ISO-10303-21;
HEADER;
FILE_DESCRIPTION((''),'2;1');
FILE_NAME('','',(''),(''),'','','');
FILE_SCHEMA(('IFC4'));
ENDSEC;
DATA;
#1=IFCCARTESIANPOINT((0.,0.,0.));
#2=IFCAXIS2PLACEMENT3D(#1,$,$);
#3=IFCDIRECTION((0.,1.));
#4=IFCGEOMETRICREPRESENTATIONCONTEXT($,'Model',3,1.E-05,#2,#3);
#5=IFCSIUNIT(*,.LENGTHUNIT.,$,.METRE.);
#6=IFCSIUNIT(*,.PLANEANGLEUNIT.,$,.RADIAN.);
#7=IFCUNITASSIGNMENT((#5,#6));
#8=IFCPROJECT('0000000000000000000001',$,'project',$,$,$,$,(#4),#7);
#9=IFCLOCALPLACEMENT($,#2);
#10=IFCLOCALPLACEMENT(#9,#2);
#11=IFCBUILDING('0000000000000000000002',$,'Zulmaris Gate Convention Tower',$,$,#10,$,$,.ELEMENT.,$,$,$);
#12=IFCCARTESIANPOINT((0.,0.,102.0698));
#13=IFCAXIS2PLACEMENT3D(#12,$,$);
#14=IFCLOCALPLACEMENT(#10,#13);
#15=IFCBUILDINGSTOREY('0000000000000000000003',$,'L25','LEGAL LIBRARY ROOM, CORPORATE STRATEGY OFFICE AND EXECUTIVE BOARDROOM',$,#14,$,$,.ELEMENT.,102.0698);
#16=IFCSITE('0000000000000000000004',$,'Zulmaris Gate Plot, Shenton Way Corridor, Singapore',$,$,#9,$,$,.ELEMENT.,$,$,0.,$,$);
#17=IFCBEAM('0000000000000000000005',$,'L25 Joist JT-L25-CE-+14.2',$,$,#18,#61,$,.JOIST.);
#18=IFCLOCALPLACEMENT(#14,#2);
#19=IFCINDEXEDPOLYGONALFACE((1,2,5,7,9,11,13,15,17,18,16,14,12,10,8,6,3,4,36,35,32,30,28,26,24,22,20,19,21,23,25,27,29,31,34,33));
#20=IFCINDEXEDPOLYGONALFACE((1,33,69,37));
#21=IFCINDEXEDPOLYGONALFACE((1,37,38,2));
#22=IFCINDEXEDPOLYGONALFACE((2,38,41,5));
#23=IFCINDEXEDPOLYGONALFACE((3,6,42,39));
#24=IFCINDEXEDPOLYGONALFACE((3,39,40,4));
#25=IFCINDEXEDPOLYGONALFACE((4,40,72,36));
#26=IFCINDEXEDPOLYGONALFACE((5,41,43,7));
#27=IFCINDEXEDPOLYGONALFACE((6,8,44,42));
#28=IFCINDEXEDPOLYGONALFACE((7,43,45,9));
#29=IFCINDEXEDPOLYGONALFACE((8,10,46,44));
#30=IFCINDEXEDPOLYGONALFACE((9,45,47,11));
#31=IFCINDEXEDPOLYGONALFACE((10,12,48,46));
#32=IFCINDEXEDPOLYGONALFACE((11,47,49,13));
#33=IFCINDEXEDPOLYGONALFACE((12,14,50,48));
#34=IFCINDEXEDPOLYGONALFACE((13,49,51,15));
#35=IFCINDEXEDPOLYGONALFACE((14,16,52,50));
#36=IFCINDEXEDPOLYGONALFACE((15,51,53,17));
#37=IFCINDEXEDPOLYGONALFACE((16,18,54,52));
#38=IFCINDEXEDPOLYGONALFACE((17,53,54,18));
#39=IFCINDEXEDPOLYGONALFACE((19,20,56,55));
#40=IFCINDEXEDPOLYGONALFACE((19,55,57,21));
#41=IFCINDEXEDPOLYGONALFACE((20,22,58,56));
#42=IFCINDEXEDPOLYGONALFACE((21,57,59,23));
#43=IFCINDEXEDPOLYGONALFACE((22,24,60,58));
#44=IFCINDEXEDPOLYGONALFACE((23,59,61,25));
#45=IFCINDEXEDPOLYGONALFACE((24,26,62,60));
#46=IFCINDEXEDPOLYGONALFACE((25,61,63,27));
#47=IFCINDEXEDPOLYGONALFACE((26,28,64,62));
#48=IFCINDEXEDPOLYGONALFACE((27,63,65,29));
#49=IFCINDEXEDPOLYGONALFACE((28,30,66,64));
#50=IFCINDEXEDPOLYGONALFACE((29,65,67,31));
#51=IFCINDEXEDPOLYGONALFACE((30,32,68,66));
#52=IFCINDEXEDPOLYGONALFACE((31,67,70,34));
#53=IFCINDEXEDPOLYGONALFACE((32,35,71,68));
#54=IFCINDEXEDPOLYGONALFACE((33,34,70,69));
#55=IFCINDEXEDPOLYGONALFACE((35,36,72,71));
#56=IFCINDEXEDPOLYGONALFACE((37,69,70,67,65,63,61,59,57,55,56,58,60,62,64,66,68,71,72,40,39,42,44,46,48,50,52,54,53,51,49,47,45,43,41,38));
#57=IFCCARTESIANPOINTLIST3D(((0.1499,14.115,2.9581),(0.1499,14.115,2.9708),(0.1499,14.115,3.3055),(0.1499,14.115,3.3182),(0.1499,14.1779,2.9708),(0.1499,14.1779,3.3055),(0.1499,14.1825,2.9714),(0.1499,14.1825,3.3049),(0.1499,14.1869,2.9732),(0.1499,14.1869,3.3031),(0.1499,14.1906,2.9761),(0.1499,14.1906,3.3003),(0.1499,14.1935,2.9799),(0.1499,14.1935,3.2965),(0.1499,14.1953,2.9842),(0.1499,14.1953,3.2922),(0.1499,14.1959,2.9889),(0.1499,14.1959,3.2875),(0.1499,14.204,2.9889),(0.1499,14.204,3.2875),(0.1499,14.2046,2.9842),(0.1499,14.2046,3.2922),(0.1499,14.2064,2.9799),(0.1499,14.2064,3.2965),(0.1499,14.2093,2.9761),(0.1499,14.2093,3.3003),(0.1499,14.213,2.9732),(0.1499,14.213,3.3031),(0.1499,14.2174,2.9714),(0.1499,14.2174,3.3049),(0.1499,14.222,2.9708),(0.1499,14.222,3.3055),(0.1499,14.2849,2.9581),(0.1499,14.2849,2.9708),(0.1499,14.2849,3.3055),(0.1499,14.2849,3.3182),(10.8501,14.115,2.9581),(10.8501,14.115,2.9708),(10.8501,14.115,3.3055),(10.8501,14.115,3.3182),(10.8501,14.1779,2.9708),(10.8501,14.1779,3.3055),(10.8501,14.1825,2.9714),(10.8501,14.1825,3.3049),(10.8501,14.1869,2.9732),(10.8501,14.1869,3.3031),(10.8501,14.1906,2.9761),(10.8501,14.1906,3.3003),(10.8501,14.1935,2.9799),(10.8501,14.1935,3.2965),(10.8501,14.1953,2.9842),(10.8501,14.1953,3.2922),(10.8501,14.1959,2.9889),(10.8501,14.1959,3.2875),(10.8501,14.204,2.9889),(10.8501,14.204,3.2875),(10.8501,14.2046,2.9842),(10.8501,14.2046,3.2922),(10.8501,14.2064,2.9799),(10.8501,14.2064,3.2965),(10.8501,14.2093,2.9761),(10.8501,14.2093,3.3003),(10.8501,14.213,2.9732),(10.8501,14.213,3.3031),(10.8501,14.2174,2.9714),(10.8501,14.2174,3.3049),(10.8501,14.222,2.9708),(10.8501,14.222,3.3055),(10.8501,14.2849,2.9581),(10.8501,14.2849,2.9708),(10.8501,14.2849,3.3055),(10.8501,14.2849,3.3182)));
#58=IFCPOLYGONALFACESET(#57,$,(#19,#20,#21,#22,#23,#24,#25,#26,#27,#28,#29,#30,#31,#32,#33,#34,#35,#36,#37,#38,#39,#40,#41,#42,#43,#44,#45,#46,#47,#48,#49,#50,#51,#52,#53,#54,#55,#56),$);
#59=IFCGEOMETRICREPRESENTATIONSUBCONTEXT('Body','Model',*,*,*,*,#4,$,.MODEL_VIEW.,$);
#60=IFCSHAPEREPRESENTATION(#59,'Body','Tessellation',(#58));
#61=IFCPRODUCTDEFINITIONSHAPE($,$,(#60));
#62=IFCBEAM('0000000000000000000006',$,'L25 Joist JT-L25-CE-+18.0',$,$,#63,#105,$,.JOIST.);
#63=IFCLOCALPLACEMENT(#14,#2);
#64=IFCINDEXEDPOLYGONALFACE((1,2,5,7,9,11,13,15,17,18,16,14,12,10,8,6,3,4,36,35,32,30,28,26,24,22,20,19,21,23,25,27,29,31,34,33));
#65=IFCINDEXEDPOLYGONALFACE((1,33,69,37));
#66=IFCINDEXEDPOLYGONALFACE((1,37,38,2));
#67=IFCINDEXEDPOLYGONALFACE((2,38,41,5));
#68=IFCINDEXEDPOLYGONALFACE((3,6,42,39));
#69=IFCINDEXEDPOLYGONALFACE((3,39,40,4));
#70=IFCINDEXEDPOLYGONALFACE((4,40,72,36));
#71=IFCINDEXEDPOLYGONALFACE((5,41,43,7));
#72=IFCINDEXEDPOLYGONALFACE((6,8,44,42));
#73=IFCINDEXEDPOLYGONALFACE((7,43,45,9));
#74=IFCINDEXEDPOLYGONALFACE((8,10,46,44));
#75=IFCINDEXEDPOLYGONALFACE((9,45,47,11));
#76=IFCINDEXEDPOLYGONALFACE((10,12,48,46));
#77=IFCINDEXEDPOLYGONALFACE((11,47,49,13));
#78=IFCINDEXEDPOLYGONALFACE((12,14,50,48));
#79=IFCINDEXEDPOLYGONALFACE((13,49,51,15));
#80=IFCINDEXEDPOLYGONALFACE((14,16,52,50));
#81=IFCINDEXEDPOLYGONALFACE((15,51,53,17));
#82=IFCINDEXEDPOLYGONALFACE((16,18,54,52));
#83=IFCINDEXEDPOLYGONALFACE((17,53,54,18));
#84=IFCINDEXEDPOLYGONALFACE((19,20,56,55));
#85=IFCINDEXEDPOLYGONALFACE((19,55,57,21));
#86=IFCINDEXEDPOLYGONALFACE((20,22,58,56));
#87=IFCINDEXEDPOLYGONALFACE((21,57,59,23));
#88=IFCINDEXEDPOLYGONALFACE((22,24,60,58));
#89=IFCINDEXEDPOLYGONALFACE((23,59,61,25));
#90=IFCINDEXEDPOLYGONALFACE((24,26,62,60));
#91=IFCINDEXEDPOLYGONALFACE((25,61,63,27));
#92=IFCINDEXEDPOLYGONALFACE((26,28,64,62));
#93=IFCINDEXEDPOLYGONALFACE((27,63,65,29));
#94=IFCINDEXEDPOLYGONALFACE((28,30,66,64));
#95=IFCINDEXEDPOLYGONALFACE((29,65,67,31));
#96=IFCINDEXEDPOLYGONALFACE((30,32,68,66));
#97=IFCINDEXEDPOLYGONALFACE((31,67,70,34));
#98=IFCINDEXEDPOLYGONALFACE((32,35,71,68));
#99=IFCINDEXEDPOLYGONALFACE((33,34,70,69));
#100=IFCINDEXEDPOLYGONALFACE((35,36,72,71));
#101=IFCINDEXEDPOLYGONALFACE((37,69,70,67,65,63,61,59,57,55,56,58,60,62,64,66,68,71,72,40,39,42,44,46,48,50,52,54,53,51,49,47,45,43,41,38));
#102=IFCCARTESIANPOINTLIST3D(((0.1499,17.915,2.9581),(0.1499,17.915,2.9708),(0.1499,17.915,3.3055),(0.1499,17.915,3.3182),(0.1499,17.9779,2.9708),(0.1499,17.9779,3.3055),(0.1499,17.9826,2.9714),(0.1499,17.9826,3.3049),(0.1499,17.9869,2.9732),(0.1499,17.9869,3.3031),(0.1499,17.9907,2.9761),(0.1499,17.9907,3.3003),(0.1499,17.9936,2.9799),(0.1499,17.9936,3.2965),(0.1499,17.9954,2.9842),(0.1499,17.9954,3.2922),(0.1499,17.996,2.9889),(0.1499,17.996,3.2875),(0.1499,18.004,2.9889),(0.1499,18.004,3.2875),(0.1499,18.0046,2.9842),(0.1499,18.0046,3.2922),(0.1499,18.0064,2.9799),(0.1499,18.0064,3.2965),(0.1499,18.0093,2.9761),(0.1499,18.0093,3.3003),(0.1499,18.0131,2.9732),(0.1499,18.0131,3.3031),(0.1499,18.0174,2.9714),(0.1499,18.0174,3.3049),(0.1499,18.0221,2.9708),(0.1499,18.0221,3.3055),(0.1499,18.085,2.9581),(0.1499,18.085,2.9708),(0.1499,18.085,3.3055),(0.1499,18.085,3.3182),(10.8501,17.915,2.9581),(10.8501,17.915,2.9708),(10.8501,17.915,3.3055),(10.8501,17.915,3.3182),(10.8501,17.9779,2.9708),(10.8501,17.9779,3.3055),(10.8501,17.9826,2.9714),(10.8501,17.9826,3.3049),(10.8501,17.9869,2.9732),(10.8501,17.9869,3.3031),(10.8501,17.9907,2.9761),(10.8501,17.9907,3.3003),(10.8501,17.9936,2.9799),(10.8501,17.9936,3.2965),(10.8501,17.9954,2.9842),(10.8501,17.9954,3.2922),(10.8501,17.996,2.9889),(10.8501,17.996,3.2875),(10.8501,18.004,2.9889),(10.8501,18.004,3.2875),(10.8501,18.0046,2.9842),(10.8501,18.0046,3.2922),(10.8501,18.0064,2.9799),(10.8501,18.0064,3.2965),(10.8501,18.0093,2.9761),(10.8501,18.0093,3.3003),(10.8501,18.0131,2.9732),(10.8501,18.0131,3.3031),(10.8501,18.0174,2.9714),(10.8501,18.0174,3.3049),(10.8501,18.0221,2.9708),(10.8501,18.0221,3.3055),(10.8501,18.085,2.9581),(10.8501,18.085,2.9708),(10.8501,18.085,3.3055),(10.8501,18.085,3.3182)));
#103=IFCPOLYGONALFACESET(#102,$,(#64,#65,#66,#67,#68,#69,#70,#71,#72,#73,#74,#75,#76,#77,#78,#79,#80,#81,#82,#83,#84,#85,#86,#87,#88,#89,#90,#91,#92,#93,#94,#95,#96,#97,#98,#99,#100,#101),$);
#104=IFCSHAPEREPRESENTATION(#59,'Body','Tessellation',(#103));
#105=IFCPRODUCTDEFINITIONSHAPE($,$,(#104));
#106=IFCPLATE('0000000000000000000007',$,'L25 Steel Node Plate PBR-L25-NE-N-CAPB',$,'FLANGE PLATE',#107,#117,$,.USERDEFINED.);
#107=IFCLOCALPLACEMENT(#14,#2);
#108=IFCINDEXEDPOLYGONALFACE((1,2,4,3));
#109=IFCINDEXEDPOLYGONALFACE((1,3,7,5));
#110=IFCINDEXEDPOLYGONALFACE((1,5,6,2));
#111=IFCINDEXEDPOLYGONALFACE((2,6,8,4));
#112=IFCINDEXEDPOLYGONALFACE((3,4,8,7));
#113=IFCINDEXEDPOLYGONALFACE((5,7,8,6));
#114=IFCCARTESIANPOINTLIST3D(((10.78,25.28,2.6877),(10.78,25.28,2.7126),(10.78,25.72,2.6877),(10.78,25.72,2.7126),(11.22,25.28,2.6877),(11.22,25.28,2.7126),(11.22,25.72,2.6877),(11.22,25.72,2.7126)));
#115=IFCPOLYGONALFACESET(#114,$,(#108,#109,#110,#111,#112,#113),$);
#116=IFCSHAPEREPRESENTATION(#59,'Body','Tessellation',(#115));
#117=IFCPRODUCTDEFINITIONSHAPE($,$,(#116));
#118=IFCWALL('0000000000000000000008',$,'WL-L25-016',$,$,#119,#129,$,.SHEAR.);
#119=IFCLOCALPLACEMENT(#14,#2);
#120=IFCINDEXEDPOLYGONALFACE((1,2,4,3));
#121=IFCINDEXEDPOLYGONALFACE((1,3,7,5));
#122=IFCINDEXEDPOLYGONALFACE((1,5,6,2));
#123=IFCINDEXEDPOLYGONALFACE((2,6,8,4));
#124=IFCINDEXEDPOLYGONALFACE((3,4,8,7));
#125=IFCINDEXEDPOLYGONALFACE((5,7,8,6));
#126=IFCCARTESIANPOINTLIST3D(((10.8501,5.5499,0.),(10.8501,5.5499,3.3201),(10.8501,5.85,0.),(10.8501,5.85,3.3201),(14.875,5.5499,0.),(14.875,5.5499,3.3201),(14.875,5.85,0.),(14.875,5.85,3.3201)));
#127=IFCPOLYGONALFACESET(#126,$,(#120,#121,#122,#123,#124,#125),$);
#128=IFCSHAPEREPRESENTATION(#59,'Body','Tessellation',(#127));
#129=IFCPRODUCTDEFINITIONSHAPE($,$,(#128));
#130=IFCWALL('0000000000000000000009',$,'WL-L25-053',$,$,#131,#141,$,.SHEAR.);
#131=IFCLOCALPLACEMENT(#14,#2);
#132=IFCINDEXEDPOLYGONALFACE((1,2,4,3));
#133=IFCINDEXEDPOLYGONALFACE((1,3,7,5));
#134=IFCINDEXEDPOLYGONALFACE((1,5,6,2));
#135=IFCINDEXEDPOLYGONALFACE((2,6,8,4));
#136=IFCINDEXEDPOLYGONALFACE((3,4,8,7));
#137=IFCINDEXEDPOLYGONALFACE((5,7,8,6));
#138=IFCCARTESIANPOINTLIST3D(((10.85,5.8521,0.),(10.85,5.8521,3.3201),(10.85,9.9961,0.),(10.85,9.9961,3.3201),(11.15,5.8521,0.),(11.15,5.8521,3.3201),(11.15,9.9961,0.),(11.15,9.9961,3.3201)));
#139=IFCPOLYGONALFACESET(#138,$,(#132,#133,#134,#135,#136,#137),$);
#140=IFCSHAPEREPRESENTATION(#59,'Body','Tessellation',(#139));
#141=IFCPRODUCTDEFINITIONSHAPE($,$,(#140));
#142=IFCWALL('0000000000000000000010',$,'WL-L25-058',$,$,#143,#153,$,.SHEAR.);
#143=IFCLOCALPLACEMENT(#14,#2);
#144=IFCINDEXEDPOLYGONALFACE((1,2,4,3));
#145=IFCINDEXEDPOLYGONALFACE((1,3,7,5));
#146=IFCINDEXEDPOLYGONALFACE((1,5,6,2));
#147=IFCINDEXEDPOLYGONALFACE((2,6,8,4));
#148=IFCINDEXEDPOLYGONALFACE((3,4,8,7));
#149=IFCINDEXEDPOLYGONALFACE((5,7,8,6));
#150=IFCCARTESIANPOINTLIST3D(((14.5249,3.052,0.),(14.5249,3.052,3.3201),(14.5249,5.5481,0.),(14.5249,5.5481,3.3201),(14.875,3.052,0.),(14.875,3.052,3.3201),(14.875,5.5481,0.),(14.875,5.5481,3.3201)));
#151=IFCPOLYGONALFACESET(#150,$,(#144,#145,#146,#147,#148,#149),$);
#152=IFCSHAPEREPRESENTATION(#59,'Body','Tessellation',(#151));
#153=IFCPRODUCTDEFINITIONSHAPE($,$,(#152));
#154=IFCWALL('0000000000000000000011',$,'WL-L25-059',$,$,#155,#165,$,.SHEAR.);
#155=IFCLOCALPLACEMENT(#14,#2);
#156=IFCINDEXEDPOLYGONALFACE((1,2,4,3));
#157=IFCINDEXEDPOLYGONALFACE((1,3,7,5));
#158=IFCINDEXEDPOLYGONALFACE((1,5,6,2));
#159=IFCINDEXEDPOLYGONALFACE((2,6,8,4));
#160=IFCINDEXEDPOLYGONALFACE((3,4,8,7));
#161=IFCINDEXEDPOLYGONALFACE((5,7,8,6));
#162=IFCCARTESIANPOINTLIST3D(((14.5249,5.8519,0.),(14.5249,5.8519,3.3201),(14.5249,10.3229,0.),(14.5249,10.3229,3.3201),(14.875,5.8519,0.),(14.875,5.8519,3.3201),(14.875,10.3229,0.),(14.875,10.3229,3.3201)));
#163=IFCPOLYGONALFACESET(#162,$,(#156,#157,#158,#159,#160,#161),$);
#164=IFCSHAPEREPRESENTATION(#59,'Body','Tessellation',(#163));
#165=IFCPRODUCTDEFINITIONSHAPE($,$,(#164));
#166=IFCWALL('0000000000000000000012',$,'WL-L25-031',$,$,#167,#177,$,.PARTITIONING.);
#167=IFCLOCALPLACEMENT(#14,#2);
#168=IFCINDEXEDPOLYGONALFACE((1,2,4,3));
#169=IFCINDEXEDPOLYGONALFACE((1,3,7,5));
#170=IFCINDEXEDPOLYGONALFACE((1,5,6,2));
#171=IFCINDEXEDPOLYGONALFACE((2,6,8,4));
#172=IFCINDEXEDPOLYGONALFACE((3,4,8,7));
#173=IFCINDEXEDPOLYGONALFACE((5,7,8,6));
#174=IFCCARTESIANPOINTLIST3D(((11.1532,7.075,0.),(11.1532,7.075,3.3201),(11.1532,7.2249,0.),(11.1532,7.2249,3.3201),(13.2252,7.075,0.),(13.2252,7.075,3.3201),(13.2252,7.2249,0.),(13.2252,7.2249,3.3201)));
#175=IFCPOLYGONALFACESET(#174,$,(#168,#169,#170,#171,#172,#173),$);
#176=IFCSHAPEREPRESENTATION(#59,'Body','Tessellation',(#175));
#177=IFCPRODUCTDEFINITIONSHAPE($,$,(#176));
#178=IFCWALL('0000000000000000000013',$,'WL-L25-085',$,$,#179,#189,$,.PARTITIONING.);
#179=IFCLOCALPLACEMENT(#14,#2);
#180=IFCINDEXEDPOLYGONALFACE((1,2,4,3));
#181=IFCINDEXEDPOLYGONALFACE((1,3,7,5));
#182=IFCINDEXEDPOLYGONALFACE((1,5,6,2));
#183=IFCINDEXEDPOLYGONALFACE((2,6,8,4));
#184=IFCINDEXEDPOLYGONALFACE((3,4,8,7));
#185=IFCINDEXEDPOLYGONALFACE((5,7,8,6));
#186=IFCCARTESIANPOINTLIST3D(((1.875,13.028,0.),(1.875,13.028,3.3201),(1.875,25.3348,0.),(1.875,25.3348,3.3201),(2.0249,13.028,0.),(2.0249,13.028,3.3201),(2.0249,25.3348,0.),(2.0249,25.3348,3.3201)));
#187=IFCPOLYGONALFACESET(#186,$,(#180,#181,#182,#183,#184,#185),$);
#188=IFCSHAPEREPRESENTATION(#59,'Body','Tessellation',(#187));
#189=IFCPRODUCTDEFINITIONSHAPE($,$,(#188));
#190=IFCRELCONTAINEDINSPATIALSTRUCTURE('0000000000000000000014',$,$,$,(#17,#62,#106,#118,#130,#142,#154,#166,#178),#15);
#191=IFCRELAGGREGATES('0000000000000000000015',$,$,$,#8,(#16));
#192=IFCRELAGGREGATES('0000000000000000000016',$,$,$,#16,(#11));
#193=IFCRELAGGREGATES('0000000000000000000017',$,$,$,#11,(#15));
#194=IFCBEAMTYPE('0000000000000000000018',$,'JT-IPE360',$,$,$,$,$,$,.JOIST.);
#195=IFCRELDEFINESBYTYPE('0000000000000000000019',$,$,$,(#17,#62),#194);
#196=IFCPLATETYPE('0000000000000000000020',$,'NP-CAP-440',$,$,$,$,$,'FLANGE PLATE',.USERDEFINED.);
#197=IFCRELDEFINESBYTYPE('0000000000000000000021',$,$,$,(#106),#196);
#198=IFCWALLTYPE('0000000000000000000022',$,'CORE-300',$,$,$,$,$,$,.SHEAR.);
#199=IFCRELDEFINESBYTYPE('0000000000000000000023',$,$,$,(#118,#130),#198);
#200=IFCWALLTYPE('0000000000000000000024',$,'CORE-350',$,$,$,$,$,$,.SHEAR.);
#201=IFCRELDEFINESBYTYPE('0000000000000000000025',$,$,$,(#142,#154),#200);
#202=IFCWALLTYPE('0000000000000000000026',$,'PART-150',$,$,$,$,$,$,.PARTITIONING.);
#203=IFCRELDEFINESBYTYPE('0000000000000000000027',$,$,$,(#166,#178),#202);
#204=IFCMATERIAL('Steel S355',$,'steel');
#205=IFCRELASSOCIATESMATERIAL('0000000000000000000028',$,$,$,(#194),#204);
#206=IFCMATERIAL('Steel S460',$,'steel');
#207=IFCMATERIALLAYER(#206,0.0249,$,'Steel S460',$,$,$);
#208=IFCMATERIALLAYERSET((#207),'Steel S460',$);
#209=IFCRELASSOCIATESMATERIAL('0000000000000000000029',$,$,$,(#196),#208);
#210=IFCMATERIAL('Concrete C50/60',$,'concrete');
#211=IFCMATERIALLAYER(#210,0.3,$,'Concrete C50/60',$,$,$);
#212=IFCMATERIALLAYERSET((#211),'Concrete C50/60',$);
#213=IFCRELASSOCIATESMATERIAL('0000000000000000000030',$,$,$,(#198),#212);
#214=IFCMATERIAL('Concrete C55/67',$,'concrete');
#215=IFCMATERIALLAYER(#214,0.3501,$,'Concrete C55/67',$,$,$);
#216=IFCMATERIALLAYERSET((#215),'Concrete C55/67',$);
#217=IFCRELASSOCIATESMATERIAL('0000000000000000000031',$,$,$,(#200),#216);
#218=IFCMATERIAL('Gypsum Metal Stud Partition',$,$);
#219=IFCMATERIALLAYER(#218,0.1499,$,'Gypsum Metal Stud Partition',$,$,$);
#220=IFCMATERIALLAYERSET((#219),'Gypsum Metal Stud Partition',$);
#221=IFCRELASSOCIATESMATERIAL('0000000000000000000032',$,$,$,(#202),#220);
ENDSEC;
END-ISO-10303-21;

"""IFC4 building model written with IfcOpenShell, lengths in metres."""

from ifc_helpers import new_model, si_unit, direction, frame, frame_2d, origin, origin_2d, place, context, subcontext, project, spatial, rectangle, i_section, extrude, material, layer, layer_set, material_profile, profile_set, type_object, element, save


model = new_model("IFC4")

# Units and contexts
model_context = context("Model", 3, precision=1e-05, world=origin(), true_north=direction((0.0, 1.0)))
body_context = subcontext(model_context, "Body", "Model", "MODEL_VIEW")
ifc_project = project(units=[si_unit("LENGTHUNIT", "METRE"), si_unit("PLANEANGLEUNIT", "RADIAN")], contexts=[model_context])

# Site, building, storey
site_placement = place(None, origin())
site = spatial("IfcSite", under=ifc_project, at=site_placement, Name="Zulmaris Gate Plot, Shenton Way Corridor, Singapore", CompositionType="ELEMENT", RefElevation=0.0)
building_placement = place(site_placement, origin())
building = spatial("IfcBuilding", under=site, at=building_placement, Name="Zulmaris Gate Convention Tower", CompositionType="ELEMENT")
storey_placement = place(building_placement, frame((0.0, 0.0, 102.0698)))
storey = spatial("IfcBuildingStorey", under=building, at=storey_placement, Name="L25", Description="LEGAL LIBRARY ROOM, CORPORATE STRATEGY OFFICE AND EXECUTIVE BOARDROOM", CompositionType="ELEMENT", Elevation=102.0698)

# Beams
ifc_material_1 = material(Name="Steel S355", Category="steel")
ifc_material_profile_1 = material_profile(ifc_material_1, i_section(OverallWidth=0.1699, OverallDepth=0.3601, WebThickness=0.0081, FlangeThickness=0.0127, FilletRadius=0.0181, at=origin_2d()), Name="IPE 360")
ifc_profile_set_1 = profile_set([ifc_material_profile_1], Name="Steel S355")
beam_type_1 = type_object("IfcBeamType", Name="JT-IPE360", PredefinedType="JOIST", material=ifc_profile_set_1)
for number, where, z_axis, x_axis, name in (
    (1, (0.1499, 14.2, 3.1382), (1.0, 0.0, 0.0), (0.0, 1.0, 0.0), "L25 Joist JT-L25-CE-+14.2"),
    (2, (0.1499, 18.0, 3.1382), (1.0, 0.0, 0.0), (0.0, 1.0, 0.0), "L25 Joist JT-L25-CE-+18.0"),
):
    element("IfcBeam", number, at=place(storey_placement, frame(where, z_axis=z_axis, x_axis=x_axis)), inside=storey, type_object=beam_type_1, Name=name, PredefinedType="JOIST", context=body_context, shape_type="SweptSolid", body=[
        extrude(i_section(OverallWidth=0.1699, OverallDepth=0.3601, WebThickness=0.0081, FlangeThickness=0.0127, FilletRadius=0.0181, at=origin_2d()), origin(), (0.0, 0.0, 1.0), 10.7002),
    ])

# Plate
ifc_material_2 = material(Name="Steel S460", Category="steel")
ifc_layer_1 = layer(ifc_material_2, 0.0249, Name="Steel S460")
ifc_layer_set_1 = layer_set([ifc_layer_1], Name="Steel S460")
plate_type = type_object("IfcPlateType", Name="NP-CAP-440", ElementType="FLANGE PLATE", PredefinedType="USERDEFINED", material=ifc_layer_set_1)
plate_placement = place(storey_placement, frame((11.0, 25.5, 2.6877), z_axis=(0.0, 0.0, 1.0), x_axis=(1.0, 0.0, 0.0)))
element("IfcPlate", 3, at=plate_placement, inside=storey, type_object=plate_type, Name="L25 Steel Node Plate PBR-L25-NE-N-CAPB", ObjectType="FLANGE PLATE", PredefinedType="USERDEFINED", context=body_context, shape_type="SweptSolid", body=[
    extrude(rectangle(XDim=0.4399, YDim=0.4399, at=origin_2d()), origin(), (0.0, 0.0, 1.0), 0.0249),
])

# Wall
ifc_material_3 = material(Name="Concrete C50/60", Category="concrete")
ifc_layer_2 = layer(ifc_material_3, 0.3, Name="Concrete C50/60")
ifc_layer_set_2 = layer_set([ifc_layer_2], Name="Concrete C50/60")
wall_type_1 = type_object("IfcWallType", Name="CORE-300", PredefinedType="SHEAR", material=ifc_layer_set_2)
wall_1_placement = place(storey_placement, frame((10.8501, 5.7, 0.0), z_axis=(0.0, 0.0, 1.0), x_axis=(1.0, 0.0, 0.0)))
element("IfcWall", 4, at=wall_1_placement, inside=storey, type_object=wall_type_1, Name="WL-L25-016", PredefinedType="SHEAR", context=body_context, shape_type="SweptSolid", body=[
    extrude(rectangle(XDim=4.0249, YDim=0.3, at=frame_2d((2.0125, 0.0))), origin(), (0.0, 0.0, 1.0), 3.3201),
])

# Wall
wall_2_placement = place(storey_placement, frame((11.0, 5.8521, 0.0), z_axis=(0.0, 0.0, 1.0), x_axis=(0.0, 1.0, 0.0)))
element("IfcWall", 5, at=wall_2_placement, inside=storey, type_object=wall_type_1, Name="WL-L25-053", PredefinedType="SHEAR", context=body_context, shape_type="SweptSolid", body=[
    extrude(rectangle(XDim=4.144, YDim=0.3, at=frame_2d((2.072, 0.0))), origin(), (0.0, 0.0, 1.0), 3.3201),
])

# Shared definitions
ifc_material_4 = material(Name="Concrete C55/67", Category="concrete")
ifc_layer_3 = layer(ifc_material_4, 0.3501, Name="Concrete C55/67")
ifc_layer_set_3 = layer_set([ifc_layer_3], Name="Concrete C55/67")
wall_type_2 = type_object("IfcWallType", Name="CORE-350", PredefinedType="SHEAR", material=ifc_layer_set_3)

# Walls
wall_3_placement = place(storey_placement, frame((14.7, 3.052, 0.0), z_axis=(0.0, 0.0, 1.0), x_axis=(0.0, 1.0, 0.0)))
element("IfcWall", 6, at=wall_3_placement, inside=storey, type_object=wall_type_2, Name="WL-L25-058", PredefinedType="SHEAR", context=body_context, shape_type="SweptSolid", body=[
    extrude(rectangle(XDim=2.4961, YDim=0.3501, at=frame_2d((1.248, 0.0))), origin(), (0.0, 0.0, 1.0), 3.3201),
])
wall_4_placement = place(storey_placement, frame((14.7, 5.8521, 0.0), z_axis=(0.0, 0.0, 1.0), x_axis=(0.0, 1.0, 0.0)))
element("IfcWall", 7, at=wall_4_placement, inside=storey, type_object=wall_type_2, Name="WL-L25-059", PredefinedType="SHEAR", context=body_context, shape_type="SweptSolid", body=[
    extrude(rectangle(XDim=4.4709, YDim=0.3501, at=frame_2d((2.2354, 0.0))), origin(), (0.0, 0.0, 1.0), 3.3201),
])
ifc_material_5 = material(Name="Gypsum Metal Stud Partition")
ifc_layer_4 = layer(ifc_material_5, 0.1499, Name="Gypsum Metal Stud Partition")
ifc_layer_set_4 = layer_set([ifc_layer_4], Name="Gypsum Metal Stud Partition")
wall_type_3 = type_object("IfcWallType", Name="PART-150", PredefinedType="PARTITIONING", material=ifc_layer_set_4)
wall_5_placement = place(storey_placement, frame((11.1531, 7.1499, 0.0), z_axis=(0.0, 0.0, 1.0), x_axis=(1.0, 0.0, 0.0)))
element("IfcWall", 8, at=wall_5_placement, inside=storey, type_object=wall_type_3, Name="WL-L25-031", PredefinedType="PARTITIONING", context=body_context, shape_type="SweptSolid", body=[
    extrude(rectangle(XDim=2.072, YDim=0.1499, at=frame_2d((1.0361, 0.0))), origin(), (0.0, 0.0, 1.0), 3.3201),
])
for number, where, z_axis, x_axis, name in (
    (9, (1.95, 13.0281, 0.0), (0.0, 0.0, 1.0), (0.0, 1.0, 0.0), "WL-L25-085"),
):
    element("IfcWall", number, at=place(storey_placement, frame(where, z_axis=z_axis, x_axis=x_axis)), inside=storey, type_object=wall_type_3, Name=name, PredefinedType="PARTITIONING", context=body_context, shape_type="SweptSolid", body=[
        extrude(rectangle(XDim=12.3069, YDim=0.1499, at=frame_2d((6.1533, 0.0))), origin(), (0.0, 0.0, 1.0), 3.3201),
    ])

save(model, "model.ifc")
